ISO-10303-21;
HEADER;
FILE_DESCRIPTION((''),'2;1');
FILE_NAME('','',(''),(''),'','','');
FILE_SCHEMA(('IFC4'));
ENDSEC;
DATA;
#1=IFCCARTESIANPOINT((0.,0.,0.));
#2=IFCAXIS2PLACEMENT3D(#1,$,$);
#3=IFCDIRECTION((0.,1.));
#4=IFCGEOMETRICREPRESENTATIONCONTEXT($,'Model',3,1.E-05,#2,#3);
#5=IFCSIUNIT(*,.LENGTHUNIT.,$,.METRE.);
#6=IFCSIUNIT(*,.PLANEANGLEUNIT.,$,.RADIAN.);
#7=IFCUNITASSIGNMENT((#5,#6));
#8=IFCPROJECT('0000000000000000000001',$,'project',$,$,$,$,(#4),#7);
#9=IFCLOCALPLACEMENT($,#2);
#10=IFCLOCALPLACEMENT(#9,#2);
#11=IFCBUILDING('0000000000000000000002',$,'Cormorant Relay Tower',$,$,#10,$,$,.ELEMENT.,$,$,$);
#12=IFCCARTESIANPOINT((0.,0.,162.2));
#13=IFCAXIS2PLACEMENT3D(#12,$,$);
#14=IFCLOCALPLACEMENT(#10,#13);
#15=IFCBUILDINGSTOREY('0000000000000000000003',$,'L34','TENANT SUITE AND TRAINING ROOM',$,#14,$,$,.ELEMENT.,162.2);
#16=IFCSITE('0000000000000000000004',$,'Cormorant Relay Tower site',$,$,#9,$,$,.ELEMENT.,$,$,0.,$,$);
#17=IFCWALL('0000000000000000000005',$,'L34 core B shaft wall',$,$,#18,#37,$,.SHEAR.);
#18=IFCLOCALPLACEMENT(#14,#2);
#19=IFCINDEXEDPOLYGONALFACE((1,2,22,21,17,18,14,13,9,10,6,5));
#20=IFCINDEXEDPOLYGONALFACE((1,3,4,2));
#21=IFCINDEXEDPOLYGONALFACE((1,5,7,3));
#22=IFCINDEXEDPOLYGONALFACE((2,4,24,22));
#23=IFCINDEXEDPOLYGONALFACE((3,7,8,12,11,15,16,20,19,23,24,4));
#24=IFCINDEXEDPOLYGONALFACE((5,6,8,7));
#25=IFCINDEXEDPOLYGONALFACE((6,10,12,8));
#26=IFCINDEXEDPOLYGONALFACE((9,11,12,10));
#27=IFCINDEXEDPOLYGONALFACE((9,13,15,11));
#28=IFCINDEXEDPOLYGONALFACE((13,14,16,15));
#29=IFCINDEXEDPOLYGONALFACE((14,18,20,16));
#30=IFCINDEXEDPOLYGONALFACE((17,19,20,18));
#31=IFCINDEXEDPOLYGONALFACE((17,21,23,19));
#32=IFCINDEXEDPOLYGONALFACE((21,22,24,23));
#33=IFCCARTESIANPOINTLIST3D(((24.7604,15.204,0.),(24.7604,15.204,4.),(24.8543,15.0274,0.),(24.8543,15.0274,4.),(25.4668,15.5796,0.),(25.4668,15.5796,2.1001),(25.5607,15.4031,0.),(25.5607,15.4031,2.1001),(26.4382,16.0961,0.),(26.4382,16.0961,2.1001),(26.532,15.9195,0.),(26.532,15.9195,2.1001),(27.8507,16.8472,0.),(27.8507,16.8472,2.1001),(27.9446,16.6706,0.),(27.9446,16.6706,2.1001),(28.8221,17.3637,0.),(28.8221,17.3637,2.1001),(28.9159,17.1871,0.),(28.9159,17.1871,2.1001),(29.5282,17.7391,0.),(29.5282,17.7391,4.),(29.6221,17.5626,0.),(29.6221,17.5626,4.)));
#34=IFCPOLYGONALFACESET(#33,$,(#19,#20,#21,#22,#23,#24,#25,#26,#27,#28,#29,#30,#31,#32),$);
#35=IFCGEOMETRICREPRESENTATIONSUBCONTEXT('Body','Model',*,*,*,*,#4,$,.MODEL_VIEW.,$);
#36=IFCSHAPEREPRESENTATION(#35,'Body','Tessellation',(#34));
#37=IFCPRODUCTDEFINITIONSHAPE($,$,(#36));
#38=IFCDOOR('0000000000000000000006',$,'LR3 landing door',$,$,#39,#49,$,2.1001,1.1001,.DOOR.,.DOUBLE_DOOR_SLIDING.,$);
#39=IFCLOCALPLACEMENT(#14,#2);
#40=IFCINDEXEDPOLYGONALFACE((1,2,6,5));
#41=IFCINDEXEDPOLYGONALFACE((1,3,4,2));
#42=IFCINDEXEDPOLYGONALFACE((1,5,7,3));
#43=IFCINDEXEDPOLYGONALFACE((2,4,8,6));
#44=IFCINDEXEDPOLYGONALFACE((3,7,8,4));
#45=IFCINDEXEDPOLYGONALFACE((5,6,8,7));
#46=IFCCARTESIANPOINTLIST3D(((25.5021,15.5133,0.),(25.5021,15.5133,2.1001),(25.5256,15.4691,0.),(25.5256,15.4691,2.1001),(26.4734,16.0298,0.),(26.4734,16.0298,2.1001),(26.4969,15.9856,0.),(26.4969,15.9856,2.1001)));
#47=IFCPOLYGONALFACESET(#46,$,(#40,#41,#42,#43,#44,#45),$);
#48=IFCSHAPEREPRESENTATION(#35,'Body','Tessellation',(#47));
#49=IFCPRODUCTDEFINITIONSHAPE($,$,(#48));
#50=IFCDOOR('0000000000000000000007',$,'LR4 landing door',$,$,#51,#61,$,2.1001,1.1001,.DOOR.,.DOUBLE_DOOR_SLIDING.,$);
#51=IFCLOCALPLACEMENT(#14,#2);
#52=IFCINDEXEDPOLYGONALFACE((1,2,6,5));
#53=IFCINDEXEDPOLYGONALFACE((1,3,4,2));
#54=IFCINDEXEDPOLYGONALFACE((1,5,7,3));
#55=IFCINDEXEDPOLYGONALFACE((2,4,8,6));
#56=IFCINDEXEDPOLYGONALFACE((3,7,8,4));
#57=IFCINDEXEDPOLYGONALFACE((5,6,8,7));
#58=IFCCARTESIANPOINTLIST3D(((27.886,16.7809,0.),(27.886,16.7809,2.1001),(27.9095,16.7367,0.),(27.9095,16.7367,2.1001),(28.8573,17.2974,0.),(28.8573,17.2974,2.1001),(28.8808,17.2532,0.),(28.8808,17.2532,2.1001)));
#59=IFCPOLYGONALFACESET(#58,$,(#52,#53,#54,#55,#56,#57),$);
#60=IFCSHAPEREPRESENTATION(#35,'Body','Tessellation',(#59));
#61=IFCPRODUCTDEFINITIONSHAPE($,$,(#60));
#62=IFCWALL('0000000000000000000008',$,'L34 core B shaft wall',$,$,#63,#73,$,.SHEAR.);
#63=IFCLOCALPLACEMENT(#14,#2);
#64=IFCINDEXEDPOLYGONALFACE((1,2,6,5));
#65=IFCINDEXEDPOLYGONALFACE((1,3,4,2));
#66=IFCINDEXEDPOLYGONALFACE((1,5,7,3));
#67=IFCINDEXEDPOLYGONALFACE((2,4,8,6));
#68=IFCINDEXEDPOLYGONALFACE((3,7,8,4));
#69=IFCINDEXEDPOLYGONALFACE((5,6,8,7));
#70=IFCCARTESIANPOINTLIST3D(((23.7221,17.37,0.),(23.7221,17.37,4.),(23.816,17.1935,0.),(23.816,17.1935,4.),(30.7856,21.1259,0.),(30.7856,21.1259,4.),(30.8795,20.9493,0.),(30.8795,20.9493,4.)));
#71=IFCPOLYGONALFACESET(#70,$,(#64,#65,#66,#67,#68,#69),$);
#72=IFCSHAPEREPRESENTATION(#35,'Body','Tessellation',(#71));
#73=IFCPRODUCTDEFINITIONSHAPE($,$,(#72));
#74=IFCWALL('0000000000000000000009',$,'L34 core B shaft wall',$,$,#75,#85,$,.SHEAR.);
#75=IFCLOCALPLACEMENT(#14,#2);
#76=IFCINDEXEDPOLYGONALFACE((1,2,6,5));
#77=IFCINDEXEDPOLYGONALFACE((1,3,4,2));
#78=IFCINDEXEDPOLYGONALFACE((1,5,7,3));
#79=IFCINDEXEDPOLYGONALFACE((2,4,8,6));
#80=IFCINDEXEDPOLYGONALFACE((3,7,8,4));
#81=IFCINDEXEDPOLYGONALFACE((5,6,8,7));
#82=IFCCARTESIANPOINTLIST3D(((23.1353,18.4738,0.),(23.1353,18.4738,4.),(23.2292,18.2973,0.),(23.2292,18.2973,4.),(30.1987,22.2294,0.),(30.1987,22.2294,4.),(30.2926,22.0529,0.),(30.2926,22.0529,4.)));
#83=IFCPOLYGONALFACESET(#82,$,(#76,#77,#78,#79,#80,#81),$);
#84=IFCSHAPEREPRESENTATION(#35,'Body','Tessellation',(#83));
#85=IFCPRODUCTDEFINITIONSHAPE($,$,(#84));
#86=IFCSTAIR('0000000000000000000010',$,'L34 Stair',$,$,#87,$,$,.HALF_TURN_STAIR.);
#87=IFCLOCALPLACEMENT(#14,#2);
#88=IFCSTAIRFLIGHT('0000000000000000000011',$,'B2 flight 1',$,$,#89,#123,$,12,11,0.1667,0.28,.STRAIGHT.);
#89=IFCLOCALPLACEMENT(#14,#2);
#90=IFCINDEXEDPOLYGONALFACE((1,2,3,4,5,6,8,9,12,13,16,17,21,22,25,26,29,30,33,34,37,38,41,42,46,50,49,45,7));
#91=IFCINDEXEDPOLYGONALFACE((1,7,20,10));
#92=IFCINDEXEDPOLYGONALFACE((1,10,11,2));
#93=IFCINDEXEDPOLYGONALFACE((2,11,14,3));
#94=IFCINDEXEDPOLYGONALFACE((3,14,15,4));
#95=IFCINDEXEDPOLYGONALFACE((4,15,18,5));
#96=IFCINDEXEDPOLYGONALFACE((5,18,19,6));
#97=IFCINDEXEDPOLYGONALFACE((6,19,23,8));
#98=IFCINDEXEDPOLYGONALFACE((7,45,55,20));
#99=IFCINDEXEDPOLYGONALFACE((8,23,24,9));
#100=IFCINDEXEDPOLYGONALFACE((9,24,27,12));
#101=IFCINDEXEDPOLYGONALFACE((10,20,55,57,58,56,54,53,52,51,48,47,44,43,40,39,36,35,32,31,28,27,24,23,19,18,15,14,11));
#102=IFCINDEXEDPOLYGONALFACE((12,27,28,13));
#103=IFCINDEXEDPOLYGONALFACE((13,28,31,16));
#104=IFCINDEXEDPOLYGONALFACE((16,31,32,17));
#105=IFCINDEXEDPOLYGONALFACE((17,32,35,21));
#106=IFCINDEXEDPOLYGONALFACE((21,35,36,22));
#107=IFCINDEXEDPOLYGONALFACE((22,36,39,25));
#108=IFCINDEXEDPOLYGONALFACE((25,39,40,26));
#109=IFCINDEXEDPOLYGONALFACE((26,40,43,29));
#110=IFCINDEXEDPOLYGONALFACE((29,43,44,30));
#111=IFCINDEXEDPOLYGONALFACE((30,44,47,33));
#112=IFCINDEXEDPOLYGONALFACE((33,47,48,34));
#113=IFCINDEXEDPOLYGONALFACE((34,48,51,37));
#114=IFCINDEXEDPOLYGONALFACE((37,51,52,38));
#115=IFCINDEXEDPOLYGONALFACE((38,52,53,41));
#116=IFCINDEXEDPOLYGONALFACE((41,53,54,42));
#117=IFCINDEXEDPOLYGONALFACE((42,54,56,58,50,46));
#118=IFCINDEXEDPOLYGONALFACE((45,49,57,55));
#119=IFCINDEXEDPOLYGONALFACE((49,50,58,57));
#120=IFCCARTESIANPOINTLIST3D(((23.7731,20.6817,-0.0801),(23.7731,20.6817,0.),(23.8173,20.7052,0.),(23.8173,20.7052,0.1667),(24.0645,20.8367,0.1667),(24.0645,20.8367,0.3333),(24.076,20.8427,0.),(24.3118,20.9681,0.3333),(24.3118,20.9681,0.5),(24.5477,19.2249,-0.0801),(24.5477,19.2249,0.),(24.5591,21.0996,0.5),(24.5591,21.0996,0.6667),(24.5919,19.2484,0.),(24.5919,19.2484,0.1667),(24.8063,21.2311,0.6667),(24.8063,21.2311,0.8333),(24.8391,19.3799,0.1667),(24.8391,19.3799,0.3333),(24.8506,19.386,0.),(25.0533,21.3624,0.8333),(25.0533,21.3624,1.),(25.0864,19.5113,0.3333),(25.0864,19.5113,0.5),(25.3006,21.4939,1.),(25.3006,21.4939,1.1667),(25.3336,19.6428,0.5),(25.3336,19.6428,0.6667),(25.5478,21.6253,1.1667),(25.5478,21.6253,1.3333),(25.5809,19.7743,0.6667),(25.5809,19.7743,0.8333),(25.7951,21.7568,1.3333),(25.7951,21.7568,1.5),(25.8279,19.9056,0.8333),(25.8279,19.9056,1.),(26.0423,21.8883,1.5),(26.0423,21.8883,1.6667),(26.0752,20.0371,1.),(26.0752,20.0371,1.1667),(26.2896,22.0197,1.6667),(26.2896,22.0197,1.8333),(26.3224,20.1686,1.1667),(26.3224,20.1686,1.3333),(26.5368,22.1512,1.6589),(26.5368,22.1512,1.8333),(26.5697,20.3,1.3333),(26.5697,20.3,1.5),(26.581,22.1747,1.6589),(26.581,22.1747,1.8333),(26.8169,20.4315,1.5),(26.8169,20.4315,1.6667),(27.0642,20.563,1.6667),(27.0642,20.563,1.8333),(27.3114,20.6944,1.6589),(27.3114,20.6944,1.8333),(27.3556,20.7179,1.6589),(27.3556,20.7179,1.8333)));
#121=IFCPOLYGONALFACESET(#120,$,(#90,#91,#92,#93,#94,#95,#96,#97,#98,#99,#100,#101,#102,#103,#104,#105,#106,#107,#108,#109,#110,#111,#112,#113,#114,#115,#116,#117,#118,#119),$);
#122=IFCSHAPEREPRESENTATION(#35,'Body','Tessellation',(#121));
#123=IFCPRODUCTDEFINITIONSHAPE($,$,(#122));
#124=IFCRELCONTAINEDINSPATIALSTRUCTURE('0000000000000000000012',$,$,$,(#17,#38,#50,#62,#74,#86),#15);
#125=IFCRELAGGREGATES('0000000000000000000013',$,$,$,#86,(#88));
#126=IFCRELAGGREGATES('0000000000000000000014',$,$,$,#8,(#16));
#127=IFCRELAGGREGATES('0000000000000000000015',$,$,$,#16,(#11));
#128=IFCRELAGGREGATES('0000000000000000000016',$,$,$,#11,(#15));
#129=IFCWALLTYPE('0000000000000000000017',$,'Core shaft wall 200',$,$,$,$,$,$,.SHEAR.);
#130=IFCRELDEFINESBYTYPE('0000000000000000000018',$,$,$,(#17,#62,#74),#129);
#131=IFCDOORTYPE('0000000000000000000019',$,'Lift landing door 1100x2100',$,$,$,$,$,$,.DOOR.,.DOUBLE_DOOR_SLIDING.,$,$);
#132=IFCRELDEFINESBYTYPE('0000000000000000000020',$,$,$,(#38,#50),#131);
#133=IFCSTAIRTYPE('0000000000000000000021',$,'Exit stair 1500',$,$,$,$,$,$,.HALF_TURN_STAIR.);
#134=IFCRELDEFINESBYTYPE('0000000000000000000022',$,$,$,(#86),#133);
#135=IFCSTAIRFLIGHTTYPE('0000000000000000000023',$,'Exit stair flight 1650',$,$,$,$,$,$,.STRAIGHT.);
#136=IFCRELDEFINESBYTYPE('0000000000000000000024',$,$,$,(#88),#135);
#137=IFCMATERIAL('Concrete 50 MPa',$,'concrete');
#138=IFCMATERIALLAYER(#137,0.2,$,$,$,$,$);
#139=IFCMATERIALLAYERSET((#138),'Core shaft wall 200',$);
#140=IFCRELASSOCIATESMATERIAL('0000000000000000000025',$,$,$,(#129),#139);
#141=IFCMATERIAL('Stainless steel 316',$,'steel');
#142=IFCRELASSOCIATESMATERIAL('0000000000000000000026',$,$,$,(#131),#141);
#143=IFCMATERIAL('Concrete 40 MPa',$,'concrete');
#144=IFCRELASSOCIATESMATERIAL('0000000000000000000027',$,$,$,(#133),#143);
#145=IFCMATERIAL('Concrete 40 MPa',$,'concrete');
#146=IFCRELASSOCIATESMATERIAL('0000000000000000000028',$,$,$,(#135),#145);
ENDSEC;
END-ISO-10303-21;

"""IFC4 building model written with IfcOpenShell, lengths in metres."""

from ifc_helpers import new_model, si_unit, direction, frame, frame_2d, origin, place, context, subcontext, project, spatial, polyline, rectangle, outline, extrude, material, layer, layer_set, type_object, element, fill, aggregate, save


model = new_model("IFC4")

# Units and contexts
model_context = context("Model", 3, precision=1e-05, world=origin(), true_north=direction((0.0, 1.0)))
body_context = subcontext(model_context, "Body", "Model", "MODEL_VIEW")
ifc_project = project(units=[si_unit("LENGTHUNIT", "METRE"), si_unit("PLANEANGLEUNIT", "RADIAN")], contexts=[model_context])

# Site, building, storey
site_placement = place(None, origin())
site = spatial("IfcSite", under=ifc_project, at=site_placement, Name="Cormorant Relay Tower site", CompositionType="ELEMENT", RefElevation=0.0)
building_placement = place(site_placement, origin())
building = spatial("IfcBuilding", under=site, at=building_placement, Name="Cormorant Relay Tower", CompositionType="ELEMENT")
storey_placement = place(building_placement, frame((0.0, 0.0, 162.2)))
storey = spatial("IfcBuildingStorey", under=building, at=storey_placement, Name="L34", Description="TENANT SUITE AND TRAINING ROOM", CompositionType="ELEMENT", Elevation=162.2)

# Shared definitions
ifc_material_1 = material(Name="Concrete 50 MPa", Category="concrete")
ifc_layer_1 = layer(ifc_material_1, 0.2)
ifc_layer_set_1 = layer_set([ifc_layer_1], Name="Core shaft wall 200")
wall_type_1 = type_object("IfcWallType", Name="Core shaft wall 200", PredefinedType="SHEAR", material=ifc_layer_set_1)

# Wall, openings, doors
wall_1_placement = place(storey_placement, frame((24.8074, 15.1157, 0.0), z_axis=(0.0, 0.0, 1.0), x_axis=(0.882943, 0.46948, 0.0)))
wall_1 = element("IfcWall", 1, at=wall_1_placement, inside=storey, type_object=wall_type_1, Name="L34 core B shaft wall", PredefinedType="SHEAR", context=body_context, shape_type="SweptSolid", body=[
    extrude(rectangle(XDim=5.3999, YDim=0.2, at=frame_2d((2.7, 0.0))), origin(), (0.0, 0.0, 1.0), 4.0),
])
opening_1_placement = place(wall_1_placement, frame((0.8, 0.0, 0.0)))
opening_1 = element("IfcOpeningElement", 2, at=opening_1_placement, cuts=wall_1, PredefinedType="OPENING", context=body_context, shape_type="SweptSolid", body=[
    extrude(rectangle(XDim=1.1001, YDim=2.1001, at=frame_2d((0.55, 1.05))), frame((0.0, 0.1099, 0.0), z_axis=(0.0, -1.0, 0.0), x_axis=(1.0, 0.0, 0.0)), (0.0, 0.0, 1.0), 0.22),
])
opening_2_placement = place(wall_1_placement, frame((3.5, 0.0, 0.0)))
opening_2 = element("IfcOpeningElement", 3, at=opening_2_placement, cuts=wall_1, PredefinedType="OPENING", context=body_context, shape_type="SweptSolid", body=[
    extrude(rectangle(XDim=1.1001, YDim=2.1001, at=frame_2d((0.55, 1.05))), frame((0.0, 0.1099, 0.0), z_axis=(0.0, -1.0, 0.0), x_axis=(1.0, 0.0, 0.0)), (0.0, 0.0, 1.0), 0.22),
])
ifc_material_2 = material(Name="Stainless steel 316", Category="steel")
door_type_1 = type_object("IfcDoorType", Name="Lift landing door 1100x2100", OperationType="DOUBLE_DOOR_SLIDING", PredefinedType="DOOR", material=ifc_material_2)
door_1_placement = place(opening_1_placement, origin())
door_1 = element("IfcDoor", 4, at=door_1_placement, inside=storey, type_object=door_type_1, Name="LR3 landing door", OperationType="DOUBLE_DOOR_SLIDING", OverallHeight=2.1001, OverallWidth=1.1001, PredefinedType="DOOR", context=body_context, shape_type="SweptSolid", body=[
    extrude(rectangle(XDim=1.1001, YDim=2.1001, at=frame_2d((0.55, 1.05))), frame((0.0, 0.0249, 0.0), z_axis=(0.0, -1.0, 0.0), x_axis=(1.0, 0.0, 0.0)), (0.0, 0.0, 1.0), 0.05),
])
fill(opening_1, door_1)
door_2_placement = place(opening_2_placement, origin())
door_2 = element("IfcDoor", 5, at=door_2_placement, inside=storey, type_object=door_type_1, Name="LR4 landing door", OperationType="DOUBLE_DOOR_SLIDING", OverallHeight=2.1001, OverallWidth=1.1001, PredefinedType="DOOR", context=body_context, shape_type="SweptSolid", body=[
    extrude(rectangle(XDim=1.1001, YDim=2.1001, at=frame_2d((0.55, 1.05))), frame((0.0, 0.0249, 0.0), z_axis=(0.0, -1.0, 0.0), x_axis=(1.0, 0.0, 0.0)), (0.0, 0.0, 1.0), 0.05),
])
fill(opening_2, door_2)

# Walls
wall_2_placement = place(storey_placement, frame((23.769, 17.2817, 0.0), z_axis=(0.0, 0.0, 1.0), x_axis=(0.88294, 0.469485, 0.0)))
element("IfcWall", 6, at=wall_2_placement, inside=storey, type_object=wall_type_1, Name="L34 core B shaft wall", PredefinedType="SHEAR", context=body_context, shape_type="SweptSolid", body=[
    extrude(rectangle(XDim=8.0, YDim=0.2, at=frame_2d((4.0, 0.0))), origin(), (0.0, 0.0, 1.0), 4.0),
])
wall_3_placement = place(storey_placement, frame((23.1821, 18.3855, 0.0), z_axis=(0.0, 0.0, 1.0), x_axis=(0.882953, 0.469462, 0.0)))
element("IfcWall", 7, at=wall_3_placement, inside=storey, type_object=wall_type_1, Name="L34 core B shaft wall", PredefinedType="SHEAR", context=body_context, shape_type="SweptSolid", body=[
    extrude(rectangle(XDim=7.9998, YDim=0.2, at=frame_2d((4.0, 0.0))), origin(), (0.0, 0.0, 1.0), 4.0),
])

# Stair, stair flight
ifc_material_3 = material(Name="Concrete 40 MPa", Category="concrete")
stair_type = type_object("IfcStairType", Name="Exit stair 1500", PredefinedType="HALF_TURN_STAIR", material=ifc_material_3)
stair_placement = place(storey_placement, origin())
stair = element("IfcStair", 8, at=stair_placement, inside=storey, type_object=stair_type, Name="L34 Stair", PredefinedType="HALF_TURN_STAIR")
ifc_material_4 = material(Name="Concrete 40 MPa", Category="concrete")
stair_flight_type = type_object("IfcStairFlightType", Name="Exit stair flight 1650", PredefinedType="STRAIGHT", material=ifc_material_4)
stair_flight_placement = place(storey_placement, frame((24.2046, 19.9768, 0.0), z_axis=(0.0, 0.0, 1.0), x_axis=(0.882948, 0.469472, 0.0)))
stair_flight = element("IfcStairFlight", 9, at=stair_flight_placement, type_object=stair_flight_type, Name="B2 flight 1", NumberOfRisers=12, NumberOfTreads=11, PredefinedType="STRAIGHT", RiserHeight=0.1667, TreadLength=0.28, context=body_context, shape_type="SweptSolid", body=[
    extrude(outline(polyline([(-0.05, -0.0801), (-0.05, 0.0), (0.0, 0.0), (0.0, 0.1667), (0.28, 0.1667), (0.28, 0.3333), (0.5601, 0.3333), (0.5601, 0.5), (0.8401, 0.5), (0.8401, 0.6667), (1.1201, 0.6667), (1.1201, 0.8333), (1.3999, 0.8333), (1.3999, 1.0), (1.6799, 1.0), (1.6799, 1.1667), (1.96, 1.1667), (1.96, 1.3333), (2.24, 1.3333), (2.24, 1.5), (2.52, 1.5), (2.52, 1.6667), (2.8, 1.6667), (2.8, 1.8333), (3.0801, 1.8333), (3.1301, 1.8333), (3.1301, 1.6589), (3.0801, 1.6589), (0.293, 0.0), (-0.05, -0.0801)])), frame((0.0, 0.825, 0.0), z_axis=(0.0, -1.0, 0.0), x_axis=(1.0, 0.0, 0.0)), (0.0, 0.0, 1.0), 1.6499),
])
aggregate(stair, [stair_flight])

save(model, "model.ifc")
